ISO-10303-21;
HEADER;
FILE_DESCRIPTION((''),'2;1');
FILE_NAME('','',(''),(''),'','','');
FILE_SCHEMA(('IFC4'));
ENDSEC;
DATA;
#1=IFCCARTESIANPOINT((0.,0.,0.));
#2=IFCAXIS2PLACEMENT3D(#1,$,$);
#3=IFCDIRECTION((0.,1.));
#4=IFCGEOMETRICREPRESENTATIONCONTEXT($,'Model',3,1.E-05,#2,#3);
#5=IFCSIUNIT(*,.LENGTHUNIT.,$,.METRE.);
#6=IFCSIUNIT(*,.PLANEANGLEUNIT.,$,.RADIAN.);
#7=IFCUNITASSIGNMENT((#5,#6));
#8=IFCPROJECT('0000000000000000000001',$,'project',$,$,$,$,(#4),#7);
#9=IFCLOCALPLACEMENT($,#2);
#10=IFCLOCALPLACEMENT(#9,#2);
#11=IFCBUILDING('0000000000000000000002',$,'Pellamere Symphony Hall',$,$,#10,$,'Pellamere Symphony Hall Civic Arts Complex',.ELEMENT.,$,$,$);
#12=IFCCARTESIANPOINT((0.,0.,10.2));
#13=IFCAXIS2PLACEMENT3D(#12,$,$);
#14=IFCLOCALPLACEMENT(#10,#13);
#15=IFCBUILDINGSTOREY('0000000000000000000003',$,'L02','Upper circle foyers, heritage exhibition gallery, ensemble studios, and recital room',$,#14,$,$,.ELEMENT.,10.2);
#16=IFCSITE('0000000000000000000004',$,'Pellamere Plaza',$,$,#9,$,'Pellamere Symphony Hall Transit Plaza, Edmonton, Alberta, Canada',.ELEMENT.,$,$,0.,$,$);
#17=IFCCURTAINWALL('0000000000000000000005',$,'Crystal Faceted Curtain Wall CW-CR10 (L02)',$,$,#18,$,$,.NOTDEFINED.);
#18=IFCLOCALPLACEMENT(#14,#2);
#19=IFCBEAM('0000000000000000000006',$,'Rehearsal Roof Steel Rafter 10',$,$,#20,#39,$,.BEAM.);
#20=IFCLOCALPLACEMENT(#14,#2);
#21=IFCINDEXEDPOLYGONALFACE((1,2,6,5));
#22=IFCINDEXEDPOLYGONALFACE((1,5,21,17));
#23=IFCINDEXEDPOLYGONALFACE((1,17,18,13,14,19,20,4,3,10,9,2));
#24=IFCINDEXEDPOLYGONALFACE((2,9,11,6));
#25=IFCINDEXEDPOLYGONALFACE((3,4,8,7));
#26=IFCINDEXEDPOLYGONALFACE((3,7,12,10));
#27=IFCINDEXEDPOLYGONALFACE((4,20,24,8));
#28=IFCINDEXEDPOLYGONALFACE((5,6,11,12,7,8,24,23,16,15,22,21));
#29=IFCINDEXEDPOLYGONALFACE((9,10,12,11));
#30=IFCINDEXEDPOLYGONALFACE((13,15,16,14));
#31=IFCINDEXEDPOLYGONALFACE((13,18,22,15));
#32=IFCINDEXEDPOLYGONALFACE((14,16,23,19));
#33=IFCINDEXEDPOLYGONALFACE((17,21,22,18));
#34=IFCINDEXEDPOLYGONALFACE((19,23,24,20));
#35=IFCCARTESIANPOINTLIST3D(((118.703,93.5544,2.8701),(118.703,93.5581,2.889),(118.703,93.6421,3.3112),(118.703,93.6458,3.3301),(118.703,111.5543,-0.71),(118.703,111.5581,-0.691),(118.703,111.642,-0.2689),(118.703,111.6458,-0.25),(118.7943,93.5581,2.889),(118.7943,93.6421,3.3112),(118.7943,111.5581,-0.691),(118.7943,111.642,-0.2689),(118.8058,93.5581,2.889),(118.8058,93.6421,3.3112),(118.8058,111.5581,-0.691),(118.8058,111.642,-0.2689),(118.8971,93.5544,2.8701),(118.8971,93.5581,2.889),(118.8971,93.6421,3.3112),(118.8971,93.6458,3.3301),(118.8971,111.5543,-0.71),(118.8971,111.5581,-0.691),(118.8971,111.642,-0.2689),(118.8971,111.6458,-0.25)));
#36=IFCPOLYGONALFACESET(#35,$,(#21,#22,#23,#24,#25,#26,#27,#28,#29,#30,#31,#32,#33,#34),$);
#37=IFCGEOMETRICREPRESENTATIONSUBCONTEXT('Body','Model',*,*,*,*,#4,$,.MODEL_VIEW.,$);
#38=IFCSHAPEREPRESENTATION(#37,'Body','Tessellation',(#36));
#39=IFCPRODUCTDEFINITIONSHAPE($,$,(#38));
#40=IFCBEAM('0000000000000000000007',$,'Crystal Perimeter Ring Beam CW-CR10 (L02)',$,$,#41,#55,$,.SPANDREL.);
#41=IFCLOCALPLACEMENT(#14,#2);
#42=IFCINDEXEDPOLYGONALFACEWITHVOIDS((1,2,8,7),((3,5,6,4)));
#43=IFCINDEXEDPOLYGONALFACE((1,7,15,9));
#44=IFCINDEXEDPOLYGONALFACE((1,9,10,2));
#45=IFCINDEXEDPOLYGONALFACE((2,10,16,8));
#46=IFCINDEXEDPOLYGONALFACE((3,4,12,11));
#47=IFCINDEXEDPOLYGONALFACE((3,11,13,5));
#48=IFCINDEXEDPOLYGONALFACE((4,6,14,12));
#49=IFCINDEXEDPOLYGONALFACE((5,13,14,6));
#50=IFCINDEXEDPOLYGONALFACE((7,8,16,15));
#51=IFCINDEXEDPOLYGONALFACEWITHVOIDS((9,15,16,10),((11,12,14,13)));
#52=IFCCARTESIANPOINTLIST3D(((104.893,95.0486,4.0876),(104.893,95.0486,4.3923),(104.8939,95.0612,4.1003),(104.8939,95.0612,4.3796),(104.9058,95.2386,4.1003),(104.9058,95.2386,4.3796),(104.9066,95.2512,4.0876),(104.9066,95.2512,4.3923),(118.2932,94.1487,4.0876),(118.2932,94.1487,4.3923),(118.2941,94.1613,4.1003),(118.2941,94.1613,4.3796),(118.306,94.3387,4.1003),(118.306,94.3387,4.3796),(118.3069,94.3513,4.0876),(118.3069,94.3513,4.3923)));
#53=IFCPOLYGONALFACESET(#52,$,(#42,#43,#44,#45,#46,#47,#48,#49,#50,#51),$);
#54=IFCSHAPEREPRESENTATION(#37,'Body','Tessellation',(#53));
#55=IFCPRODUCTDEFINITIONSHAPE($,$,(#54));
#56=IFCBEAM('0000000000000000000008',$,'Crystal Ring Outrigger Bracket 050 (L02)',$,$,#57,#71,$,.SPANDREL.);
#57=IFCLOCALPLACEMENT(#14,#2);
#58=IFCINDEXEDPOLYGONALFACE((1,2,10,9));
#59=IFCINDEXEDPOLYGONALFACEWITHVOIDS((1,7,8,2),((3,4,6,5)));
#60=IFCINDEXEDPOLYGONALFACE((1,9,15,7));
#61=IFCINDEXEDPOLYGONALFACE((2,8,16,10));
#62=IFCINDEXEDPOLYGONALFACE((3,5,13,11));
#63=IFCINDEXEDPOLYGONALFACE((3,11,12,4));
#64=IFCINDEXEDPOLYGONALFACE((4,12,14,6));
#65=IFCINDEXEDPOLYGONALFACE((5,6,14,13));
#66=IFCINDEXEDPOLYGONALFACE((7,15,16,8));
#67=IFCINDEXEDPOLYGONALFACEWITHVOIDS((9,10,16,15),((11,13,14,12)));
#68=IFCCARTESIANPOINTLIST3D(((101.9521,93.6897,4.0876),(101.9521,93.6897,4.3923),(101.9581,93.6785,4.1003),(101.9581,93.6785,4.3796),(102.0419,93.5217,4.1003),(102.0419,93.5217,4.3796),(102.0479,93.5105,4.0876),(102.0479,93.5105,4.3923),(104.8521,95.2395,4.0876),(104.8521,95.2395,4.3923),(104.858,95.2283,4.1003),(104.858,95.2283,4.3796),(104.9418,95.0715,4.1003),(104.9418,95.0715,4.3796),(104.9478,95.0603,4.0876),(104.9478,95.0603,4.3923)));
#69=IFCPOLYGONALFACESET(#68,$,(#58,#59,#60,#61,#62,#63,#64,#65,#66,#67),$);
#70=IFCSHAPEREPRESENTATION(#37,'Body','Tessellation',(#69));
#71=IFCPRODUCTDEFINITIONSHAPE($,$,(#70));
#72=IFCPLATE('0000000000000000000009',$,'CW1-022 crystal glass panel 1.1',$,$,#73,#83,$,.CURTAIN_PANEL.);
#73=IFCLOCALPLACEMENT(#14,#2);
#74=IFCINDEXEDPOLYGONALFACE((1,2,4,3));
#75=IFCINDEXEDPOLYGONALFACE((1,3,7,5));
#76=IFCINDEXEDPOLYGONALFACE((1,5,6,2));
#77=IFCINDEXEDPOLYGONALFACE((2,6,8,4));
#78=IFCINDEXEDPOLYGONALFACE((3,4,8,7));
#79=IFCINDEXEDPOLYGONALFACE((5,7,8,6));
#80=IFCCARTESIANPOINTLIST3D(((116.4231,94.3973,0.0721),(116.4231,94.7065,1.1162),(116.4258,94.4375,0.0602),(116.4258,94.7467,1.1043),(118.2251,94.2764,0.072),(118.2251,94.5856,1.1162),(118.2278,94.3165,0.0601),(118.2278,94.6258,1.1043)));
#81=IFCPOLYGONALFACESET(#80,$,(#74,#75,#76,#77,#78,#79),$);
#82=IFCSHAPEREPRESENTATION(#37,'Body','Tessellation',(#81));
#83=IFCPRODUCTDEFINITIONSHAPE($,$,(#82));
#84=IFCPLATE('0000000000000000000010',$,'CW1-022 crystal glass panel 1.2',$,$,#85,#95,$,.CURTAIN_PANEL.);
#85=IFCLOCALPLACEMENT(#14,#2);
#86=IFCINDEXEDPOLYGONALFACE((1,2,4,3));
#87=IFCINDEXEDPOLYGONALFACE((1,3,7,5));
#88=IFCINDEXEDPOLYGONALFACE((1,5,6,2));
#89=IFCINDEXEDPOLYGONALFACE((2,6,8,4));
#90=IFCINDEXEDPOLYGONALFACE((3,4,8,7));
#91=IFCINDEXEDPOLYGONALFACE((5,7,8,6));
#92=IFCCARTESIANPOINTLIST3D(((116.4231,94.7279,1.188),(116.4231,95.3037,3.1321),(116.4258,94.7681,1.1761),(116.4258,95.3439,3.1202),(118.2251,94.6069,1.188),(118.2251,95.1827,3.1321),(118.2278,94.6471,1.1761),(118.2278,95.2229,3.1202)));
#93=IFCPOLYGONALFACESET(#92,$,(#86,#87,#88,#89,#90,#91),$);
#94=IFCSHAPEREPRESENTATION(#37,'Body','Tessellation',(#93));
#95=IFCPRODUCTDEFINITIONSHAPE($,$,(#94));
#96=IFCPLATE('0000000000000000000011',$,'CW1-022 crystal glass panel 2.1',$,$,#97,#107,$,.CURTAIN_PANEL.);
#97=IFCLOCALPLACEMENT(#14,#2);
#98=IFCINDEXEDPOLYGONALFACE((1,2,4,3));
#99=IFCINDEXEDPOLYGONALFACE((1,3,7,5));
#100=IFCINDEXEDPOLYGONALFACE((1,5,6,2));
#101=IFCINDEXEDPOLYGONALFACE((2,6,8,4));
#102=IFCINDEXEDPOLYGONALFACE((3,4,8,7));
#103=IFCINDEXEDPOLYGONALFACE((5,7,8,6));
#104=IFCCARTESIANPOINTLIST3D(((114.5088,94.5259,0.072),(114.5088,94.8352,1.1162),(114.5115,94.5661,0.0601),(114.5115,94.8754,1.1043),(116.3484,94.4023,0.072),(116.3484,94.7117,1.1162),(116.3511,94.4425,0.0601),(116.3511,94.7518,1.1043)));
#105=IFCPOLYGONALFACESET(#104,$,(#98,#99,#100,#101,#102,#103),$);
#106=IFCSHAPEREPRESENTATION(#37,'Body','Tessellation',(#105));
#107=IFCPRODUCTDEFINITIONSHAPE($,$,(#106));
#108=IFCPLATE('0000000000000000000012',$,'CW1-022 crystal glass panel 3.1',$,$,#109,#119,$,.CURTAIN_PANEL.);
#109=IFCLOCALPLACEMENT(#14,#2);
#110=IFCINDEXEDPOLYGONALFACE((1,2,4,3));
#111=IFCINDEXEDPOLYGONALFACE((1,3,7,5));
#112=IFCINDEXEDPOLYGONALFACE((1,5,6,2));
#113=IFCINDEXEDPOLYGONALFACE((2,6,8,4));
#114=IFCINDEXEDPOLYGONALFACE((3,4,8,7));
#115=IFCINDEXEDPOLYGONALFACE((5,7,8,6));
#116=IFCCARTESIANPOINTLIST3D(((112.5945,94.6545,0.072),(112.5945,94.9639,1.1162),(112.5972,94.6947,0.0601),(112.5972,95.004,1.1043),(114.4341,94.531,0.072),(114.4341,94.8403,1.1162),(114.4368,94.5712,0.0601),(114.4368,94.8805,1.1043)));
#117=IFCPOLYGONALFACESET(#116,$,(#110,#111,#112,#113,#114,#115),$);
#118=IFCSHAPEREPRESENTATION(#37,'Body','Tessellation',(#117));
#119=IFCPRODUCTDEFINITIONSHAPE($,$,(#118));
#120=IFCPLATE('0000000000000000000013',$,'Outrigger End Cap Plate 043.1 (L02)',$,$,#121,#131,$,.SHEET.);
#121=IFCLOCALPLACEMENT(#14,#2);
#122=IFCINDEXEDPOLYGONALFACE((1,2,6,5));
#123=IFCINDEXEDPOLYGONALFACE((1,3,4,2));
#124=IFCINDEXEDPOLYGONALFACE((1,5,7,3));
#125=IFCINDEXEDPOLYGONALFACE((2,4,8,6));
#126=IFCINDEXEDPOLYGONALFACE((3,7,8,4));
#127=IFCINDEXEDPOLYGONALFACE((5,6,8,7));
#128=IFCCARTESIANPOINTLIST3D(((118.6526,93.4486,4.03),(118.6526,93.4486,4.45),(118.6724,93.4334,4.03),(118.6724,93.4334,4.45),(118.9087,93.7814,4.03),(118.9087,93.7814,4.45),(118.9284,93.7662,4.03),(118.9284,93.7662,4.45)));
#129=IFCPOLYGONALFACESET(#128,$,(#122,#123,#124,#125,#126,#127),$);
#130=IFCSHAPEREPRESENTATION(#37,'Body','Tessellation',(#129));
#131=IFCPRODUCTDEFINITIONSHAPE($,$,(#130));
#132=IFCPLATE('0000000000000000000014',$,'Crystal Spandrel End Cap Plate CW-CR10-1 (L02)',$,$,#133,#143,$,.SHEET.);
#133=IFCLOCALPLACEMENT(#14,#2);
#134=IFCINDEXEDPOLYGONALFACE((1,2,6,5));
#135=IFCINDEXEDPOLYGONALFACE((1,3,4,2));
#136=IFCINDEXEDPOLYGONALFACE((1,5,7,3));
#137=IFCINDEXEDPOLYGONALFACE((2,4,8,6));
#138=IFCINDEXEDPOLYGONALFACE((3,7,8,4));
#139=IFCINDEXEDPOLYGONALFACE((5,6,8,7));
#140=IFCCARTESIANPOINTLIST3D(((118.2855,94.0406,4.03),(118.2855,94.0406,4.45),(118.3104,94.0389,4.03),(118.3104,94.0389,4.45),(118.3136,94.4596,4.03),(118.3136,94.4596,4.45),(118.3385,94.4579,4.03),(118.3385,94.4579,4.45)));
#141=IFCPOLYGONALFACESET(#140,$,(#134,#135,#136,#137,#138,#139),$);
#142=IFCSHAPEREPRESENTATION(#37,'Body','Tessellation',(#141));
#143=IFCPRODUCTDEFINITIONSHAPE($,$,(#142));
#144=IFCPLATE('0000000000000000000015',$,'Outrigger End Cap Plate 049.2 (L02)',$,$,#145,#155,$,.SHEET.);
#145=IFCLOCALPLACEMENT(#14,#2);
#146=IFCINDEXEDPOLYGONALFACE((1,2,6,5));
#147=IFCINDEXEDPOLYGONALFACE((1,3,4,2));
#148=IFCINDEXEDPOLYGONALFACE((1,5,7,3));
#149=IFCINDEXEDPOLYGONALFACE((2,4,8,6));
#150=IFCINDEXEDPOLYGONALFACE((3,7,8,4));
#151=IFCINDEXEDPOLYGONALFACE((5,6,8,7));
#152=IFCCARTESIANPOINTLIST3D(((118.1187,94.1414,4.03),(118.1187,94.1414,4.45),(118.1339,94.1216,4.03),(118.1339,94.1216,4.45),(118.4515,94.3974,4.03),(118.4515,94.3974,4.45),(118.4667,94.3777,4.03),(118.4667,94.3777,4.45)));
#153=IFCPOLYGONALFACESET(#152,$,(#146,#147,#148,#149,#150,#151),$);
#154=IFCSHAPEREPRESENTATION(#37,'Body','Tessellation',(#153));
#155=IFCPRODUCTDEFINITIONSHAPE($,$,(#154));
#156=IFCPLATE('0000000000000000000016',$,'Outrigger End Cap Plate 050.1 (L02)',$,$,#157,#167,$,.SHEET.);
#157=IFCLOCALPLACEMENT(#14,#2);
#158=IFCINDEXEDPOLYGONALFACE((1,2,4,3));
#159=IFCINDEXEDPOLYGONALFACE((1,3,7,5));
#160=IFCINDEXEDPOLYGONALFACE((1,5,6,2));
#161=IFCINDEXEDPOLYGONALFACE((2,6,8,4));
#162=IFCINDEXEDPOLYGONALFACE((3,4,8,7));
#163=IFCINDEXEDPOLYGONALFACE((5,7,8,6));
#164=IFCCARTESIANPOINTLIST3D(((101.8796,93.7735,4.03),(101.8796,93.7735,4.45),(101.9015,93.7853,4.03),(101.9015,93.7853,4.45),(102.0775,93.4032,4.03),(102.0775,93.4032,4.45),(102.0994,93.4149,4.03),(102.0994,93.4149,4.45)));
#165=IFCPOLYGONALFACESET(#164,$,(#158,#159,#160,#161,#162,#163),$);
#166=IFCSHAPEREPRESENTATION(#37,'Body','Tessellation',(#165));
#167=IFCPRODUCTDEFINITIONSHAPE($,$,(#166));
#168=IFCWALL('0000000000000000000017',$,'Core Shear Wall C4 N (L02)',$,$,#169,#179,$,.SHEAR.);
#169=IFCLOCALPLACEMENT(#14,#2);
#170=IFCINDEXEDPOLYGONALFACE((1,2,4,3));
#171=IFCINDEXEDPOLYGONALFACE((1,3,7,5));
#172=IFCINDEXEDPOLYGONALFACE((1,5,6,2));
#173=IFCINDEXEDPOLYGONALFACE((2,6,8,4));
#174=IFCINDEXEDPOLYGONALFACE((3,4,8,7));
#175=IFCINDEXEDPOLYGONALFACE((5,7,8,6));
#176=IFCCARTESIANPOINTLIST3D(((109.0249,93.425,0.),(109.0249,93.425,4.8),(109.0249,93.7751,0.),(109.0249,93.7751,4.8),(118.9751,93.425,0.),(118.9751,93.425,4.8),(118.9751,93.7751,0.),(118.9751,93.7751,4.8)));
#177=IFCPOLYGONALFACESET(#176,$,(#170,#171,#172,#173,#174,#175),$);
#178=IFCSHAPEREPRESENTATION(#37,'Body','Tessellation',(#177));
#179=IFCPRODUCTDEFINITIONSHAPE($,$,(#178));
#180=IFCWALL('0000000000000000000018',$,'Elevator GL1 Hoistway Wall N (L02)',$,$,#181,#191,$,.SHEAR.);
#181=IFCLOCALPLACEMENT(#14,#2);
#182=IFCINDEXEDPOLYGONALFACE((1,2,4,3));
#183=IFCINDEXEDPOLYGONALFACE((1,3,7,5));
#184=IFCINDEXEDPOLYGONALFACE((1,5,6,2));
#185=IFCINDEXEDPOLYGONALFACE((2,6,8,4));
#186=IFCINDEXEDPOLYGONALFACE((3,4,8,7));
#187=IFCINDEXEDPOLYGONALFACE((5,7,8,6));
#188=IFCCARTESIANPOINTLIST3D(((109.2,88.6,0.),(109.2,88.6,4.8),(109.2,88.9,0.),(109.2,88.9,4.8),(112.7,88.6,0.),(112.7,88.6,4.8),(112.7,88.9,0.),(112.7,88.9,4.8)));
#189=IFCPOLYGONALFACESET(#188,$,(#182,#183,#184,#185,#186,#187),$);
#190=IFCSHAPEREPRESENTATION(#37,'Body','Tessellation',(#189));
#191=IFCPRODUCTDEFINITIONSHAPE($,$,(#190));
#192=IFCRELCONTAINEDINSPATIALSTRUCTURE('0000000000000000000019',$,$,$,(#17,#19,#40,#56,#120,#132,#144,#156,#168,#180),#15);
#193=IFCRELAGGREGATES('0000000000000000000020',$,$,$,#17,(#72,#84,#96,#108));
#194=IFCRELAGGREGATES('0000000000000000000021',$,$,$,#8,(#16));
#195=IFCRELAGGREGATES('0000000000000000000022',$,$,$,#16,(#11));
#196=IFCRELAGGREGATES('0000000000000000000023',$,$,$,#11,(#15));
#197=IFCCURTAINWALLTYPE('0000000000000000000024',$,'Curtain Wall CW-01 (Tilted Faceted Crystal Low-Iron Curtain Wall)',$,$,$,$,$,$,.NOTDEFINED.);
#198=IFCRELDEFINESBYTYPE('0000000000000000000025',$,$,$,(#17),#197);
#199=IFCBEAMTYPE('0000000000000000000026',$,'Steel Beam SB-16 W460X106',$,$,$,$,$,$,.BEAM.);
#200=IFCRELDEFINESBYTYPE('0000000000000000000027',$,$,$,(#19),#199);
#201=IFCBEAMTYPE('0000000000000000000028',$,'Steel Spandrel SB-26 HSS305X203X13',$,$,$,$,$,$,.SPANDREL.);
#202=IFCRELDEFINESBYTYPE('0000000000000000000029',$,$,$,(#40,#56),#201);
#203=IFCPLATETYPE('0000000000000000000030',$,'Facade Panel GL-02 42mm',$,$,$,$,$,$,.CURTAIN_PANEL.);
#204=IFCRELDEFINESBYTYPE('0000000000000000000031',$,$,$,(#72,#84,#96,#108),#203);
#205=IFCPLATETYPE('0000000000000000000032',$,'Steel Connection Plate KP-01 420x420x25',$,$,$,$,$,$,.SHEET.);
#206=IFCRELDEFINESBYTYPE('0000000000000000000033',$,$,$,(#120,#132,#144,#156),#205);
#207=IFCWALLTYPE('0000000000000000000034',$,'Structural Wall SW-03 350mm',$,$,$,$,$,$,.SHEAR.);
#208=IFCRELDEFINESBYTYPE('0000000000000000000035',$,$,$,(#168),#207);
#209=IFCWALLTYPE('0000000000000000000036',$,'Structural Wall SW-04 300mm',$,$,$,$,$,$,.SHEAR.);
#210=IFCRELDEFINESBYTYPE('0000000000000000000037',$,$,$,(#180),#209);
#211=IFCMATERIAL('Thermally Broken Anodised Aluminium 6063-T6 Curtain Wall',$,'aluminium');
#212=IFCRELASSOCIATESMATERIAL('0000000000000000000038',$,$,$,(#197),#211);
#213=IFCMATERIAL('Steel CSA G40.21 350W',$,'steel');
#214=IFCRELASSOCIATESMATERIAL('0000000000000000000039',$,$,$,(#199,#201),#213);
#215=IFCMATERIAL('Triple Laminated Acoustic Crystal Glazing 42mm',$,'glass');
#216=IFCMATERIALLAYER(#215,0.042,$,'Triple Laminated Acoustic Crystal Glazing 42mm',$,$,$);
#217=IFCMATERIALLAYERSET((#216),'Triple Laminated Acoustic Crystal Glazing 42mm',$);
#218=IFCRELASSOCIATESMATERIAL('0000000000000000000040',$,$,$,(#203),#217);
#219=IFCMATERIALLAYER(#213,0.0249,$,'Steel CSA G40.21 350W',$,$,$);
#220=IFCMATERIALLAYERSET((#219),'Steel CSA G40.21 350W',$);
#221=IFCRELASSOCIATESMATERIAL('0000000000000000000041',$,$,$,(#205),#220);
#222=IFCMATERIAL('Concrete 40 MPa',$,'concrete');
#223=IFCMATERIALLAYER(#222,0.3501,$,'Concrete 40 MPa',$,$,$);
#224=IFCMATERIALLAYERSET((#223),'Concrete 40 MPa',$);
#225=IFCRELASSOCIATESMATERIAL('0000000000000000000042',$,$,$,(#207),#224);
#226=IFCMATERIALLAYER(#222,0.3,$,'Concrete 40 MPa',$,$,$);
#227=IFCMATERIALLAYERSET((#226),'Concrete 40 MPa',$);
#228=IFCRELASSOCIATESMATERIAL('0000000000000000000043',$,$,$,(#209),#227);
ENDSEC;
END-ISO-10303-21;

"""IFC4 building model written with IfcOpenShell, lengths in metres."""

from ifc_helpers import new_model, si_unit, direction, frame, frame_2d, origin, origin_2d, place, context, subcontext, project, spatial, polyline, rectangle, hollow_rectangle, i_section, outline, extrude, material, layer, layer_set, material_profile, profile_set, type_object, element, aggregate, save


model = new_model("IFC4")

# Units and contexts
model_context = context("Model", 3, precision=1e-05, world=origin(), true_north=direction((0.0, 1.0)))
body_context = subcontext(model_context, "Body", "Model", "MODEL_VIEW")
ifc_project = project(units=[si_unit("LENGTHUNIT", "METRE"), si_unit("PLANEANGLEUNIT", "RADIAN")], contexts=[model_context])

# Site, building, storey
site_placement = place(None, origin())
site = spatial("IfcSite", under=ifc_project, at=site_placement, Name="Pellamere Plaza", LongName="Pellamere Symphony Hall Transit Plaza, Edmonton, Alberta, Canada", CompositionType="ELEMENT", RefElevation=0.0)
building_placement = place(site_placement, origin())
building = spatial("IfcBuilding", under=site, at=building_placement, Name="Pellamere Symphony Hall", LongName="Pellamere Symphony Hall Civic Arts Complex", CompositionType="ELEMENT")
storey_placement = place(building_placement, frame((0.0, 0.0, 10.2)))
storey = spatial("IfcBuildingStorey", under=building, at=storey_placement, Name="L02", Description="Upper circle foyers, heritage exhibition gallery, ensemble studios, and recital room", CompositionType="ELEMENT", Elevation=10.2)

# Shared definitions
ifc_material_1 = material(Name="Concrete 40 MPa", Category="concrete")

# Curtain wall
ifc_material_2 = material(Name="Thermally Broken Anodised Aluminium 6063-T6 Curtain Wall", Category="aluminium")
curtain_wall_type = type_object("IfcCurtainWallType", Name="Curtain Wall CW-01 (Tilted Faceted Crystal Low-Iron Curtain Wall)", PredefinedType="NOTDEFINED", material=ifc_material_2)
curtain_wall_placement = place(storey_placement, origin())
curtain_wall = element("IfcCurtainWall", 1, at=curtain_wall_placement, inside=storey, type_object=curtain_wall_type, Name="Crystal Faceted Curtain Wall CW-CR10 (L02)", PredefinedType="NOTDEFINED")

# Beams
ifc_material_3 = material(Name="Steel CSA G40.21 350W", Category="steel")
ifc_material_profile_1 = material_profile(ifc_material_3, i_section(OverallWidth=0.1941, OverallDepth=0.469, WebThickness=0.0115, FlangeThickness=0.0193, at=origin_2d()), Name="W460X106")
ifc_profile_set_1 = profile_set([ifc_material_profile_1], Name="Steel CSA G40.21 350W")
beam_type_1 = type_object("IfcBeamType", Name="Steel Beam SB-16 W460X106", PredefinedType="BEAM", material=ifc_profile_set_1)
for number, where, z_axis, x_axis, name in (
    (2, (118.8, 93.6001, 3.1001), (0.0, 0.980789, -0.195072), (-1.0, 0.0, 0.0), "Rehearsal Roof Steel Rafter 10"),
):
    element("IfcBeam", number, at=place(storey_placement, frame(where, z_axis=z_axis, x_axis=x_axis)), inside=storey, type_object=beam_type_1, Name=name, PredefinedType="BEAM", context=body_context, shape_type="SweptSolid", body=[
        extrude(i_section(OverallWidth=0.1941, OverallDepth=0.469, WebThickness=0.0115, FlangeThickness=0.0193, at=origin_2d()), origin(), (0.0, 0.0, 1.0), 18.3525),
    ])
ifc_material_profile_2 = material_profile(ifc_material_3, hollow_rectangle(XDim=0.2031, YDim=0.3047, WallThickness=0.0127, at=origin_2d()), Name="HSS305X203X13")
ifc_profile_set_2 = profile_set([ifc_material_profile_2], Name="Steel CSA G40.21 350W")
beam_type_2 = type_object("IfcBeamType", Name="Steel Spandrel SB-26 HSS305X203X13", PredefinedType="SPANDREL", material=ifc_profile_set_2)
beam_1_placement = place(storey_placement, frame((118.3, 94.25, 4.24), z_axis=(-0.997753, 0.067005, 0.0), x_axis=(-0.067005, -0.997753, 0.0)))
element("IfcBeam", 3, at=beam_1_placement, inside=storey, type_object=beam_type_2, Name="Crystal Perimeter Ring Beam CW-CR10 (L02)", PredefinedType="SPANDREL", context=body_context, shape_type="SweptSolid", body=[
    extrude(hollow_rectangle(XDim=0.2031, YDim=0.3047, WallThickness=0.0127, at=origin_2d()), origin(), (0.0, 0.0, 1.0), 13.4304),
])
beam_2_placement = place(storey_placement, frame((102.0, 93.6001, 4.24), z_axis=(0.88195, 0.471343, 0.0), x_axis=(-0.471343, 0.88195, 0.0)))
element("IfcBeam", 4, at=beam_2_placement, inside=storey, type_object=beam_type_2, Name="Crystal Ring Outrigger Bracket 050 (L02)", PredefinedType="SPANDREL", context=body_context, shape_type="SweptSolid", body=[
    extrude(hollow_rectangle(XDim=0.2031, YDim=0.3047, WallThickness=0.0127, at=origin_2d()), origin(), (0.0, 0.0, 1.0), 3.2881),
])

# Plates
ifc_material_4 = material(Name="Triple Laminated Acoustic Crystal Glazing 42mm", Category="glass")
ifc_layer_1 = layer(ifc_material_4, 0.042, Name="Triple Laminated Acoustic Crystal Glazing 42mm")
ifc_layer_set_1 = layer_set([ifc_layer_1], Name="Triple Laminated Acoustic Crystal Glazing 42mm")
plate_type_1 = type_object("IfcPlateType", Name="Facade Panel GL-02 42mm", PredefinedType="CURTAIN_PANEL", material=ifc_layer_set_1)
plate_1_placement = place(storey_placement, frame((118.2251, 94.2764, 0.072), z_axis=(-0.064236, -0.956864, 0.283345), x_axis=(-0.997754, 0.066986, 0.000018)))
plate_1 = element("IfcPlate", 5, at=plate_1_placement, type_object=plate_type_1, Name="CW1-022 crystal glass panel 1.1", PredefinedType="CURTAIN_PANEL", context=body_context, shape_type="SweptSolid", body=[
    extrude(outline(polyline([(0.0, 0.0), (1.8061, 0.0), (1.8268, -1.0888), (0.0207, -1.0888), (0.0, 0.0)])), origin(), (0.0, 0.0, -1.0), 0.042),
])
plate_2_placement = place(storey_placement, frame((118.2251, 94.6069, 1.188), z_axis=(-0.064235, -0.956848, 0.283401), x_axis=(-0.997754, 0.066986, 0.000018)))
plate_2 = element("IfcPlate", 6, at=plate_2_placement, type_object=plate_type_1, Name="CW1-022 crystal glass panel 1.2", PredefinedType="CURTAIN_PANEL", context=body_context, shape_type="SweptSolid", body=[
    extrude(outline(polyline([(0.0, 0.0), (1.8061, 0.0), (1.8447, -2.0272), (0.0386, -2.0272), (0.0, 0.0)])), origin(), (0.0, 0.0, -1.0), 0.042),
])
plate_3_placement = place(storey_placement, frame((116.3484, 94.4023, 0.072), z_axis=(-0.064254, -0.956833, 0.283448), x_axis=(-0.997753, 0.067002, 0.0)))
plate_3 = element("IfcPlate", 7, at=plate_3_placement, type_object=plate_type_1, Name="CW1-022 crystal glass panel 2.1", PredefinedType="CURTAIN_PANEL", context=body_context, shape_type="SweptSolid", body=[
    extrude(outline(polyline([(0.0, 0.0), (1.8437, 0.0), (1.8645, -1.0888), (0.0207, -1.0888), (0.0, 0.0)])), origin(), (0.0, 0.0, -1.0), 0.042),
])
plate_4_placement = place(storey_placement, frame((114.4341, 94.531, 0.072), z_axis=(-0.064254, -0.956833, 0.283448), x_axis=(-0.997753, 0.067002, 0.0)))
plate_4 = element("IfcPlate", 8, at=plate_4_placement, type_object=plate_type_1, Name="CW1-022 crystal glass panel 3.1", PredefinedType="CURTAIN_PANEL", context=body_context, shape_type="SweptSolid", body=[
    extrude(outline(polyline([(0.0, 0.0), (1.8437, 0.0), (1.8645, -1.0888), (0.0207, -1.0888), (0.0, 0.0)])), origin(), (0.0, 0.0, -1.0), 0.042),
])
aggregate(curtain_wall, [plate_1, plate_2, plate_3, plate_4])

# Plates
ifc_layer_2 = layer(ifc_material_3, 0.0249, Name="Steel CSA G40.21 350W")
ifc_layer_set_2 = layer_set([ifc_layer_2], Name="Steel CSA G40.21 350W")
plate_type_2 = type_object("IfcPlateType", Name="Steel Connection Plate KP-01 420x420x25", PredefinedType="SHEET", material=ifc_layer_set_2)
for number, where, z_axis, x_axis, name in (
    (9, (118.7905, 93.6074, 4.03), (0.0, 0.0, 1.0), (0.792609, -0.60973, 0.0), "Outrigger End Cap Plate 043.1 (L02)"),
    (10, (118.312, 94.2493, 4.03), (0.0, 0.0, 1.0), (-0.997755, 0.06697, 0.0), "Crystal Spandrel End Cap Plate CW-CR10-1 (L02)"),
    (11, (118.2927, 94.2595, 4.03), (0.0, 0.0, 1.0), (-0.60973, 0.792609, 0.0), "Outrigger End Cap Plate 049.2 (L02)"),
    (12, (101.9895, 93.5942, 4.03), (0.0, 0.0, 1.0), (0.881962, 0.47132, 0.0), "Outrigger End Cap Plate 050.1 (L02)"),
):
    element("IfcPlate", number, at=place(storey_placement, frame(where, z_axis=z_axis, x_axis=x_axis)), inside=storey, type_object=plate_type_2, Name=name, PredefinedType="SHEET", context=body_context, shape_type="SweptSolid", body=[
        extrude(rectangle(XDim=0.0249, YDim=0.4199, at=origin_2d()), origin(), (0.0, 0.0, 1.0), 0.4199),
    ])

# Walls
ifc_layer_3 = layer(ifc_material_1, 0.3501, Name="Concrete 40 MPa")
ifc_layer_set_3 = layer_set([ifc_layer_3], Name="Concrete 40 MPa")
wall_type_1 = type_object("IfcWallType", Name="Structural Wall SW-03 350mm", PredefinedType="SHEAR", material=ifc_layer_set_3)
wall_1_placement = place(storey_placement, frame((109.0249, 93.6001, 0.0), z_axis=(0.0, 0.0, 1.0), x_axis=(1.0, 0.0, 0.0)))
element("IfcWall", 13, at=wall_1_placement, inside=storey, type_object=wall_type_1, Name="Core Shear Wall C4 N (L02)", PredefinedType="SHEAR", context=body_context, shape_type="SweptSolid", body=[
    extrude(rectangle(XDim=9.9502, YDim=0.3501, at=frame_2d((4.9751, 0.0))), origin(), (0.0, 0.0, 1.0), 4.8),
])
ifc_layer_4 = layer(ifc_material_1, 0.3, Name="Concrete 40 MPa")
ifc_layer_set_4 = layer_set([ifc_layer_4], Name="Concrete 40 MPa")
wall_type_2 = type_object("IfcWallType", Name="Structural Wall SW-04 300mm", PredefinedType="SHEAR", material=ifc_layer_set_4)
wall_2_placement = place(storey_placement, frame((109.2, 88.75, 0.0), z_axis=(0.0, 0.0, 1.0), x_axis=(1.0, 0.0, 0.0)))
element("IfcWall", 14, at=wall_2_placement, inside=storey, type_object=wall_type_2, Name="Elevator GL1 Hoistway Wall N (L02)", PredefinedType="SHEAR", context=body_context, shape_type="SweptSolid", body=[
    extrude(rectangle(XDim=3.5, YDim=0.3, at=frame_2d((1.75, 0.0))), origin(), (0.0, 0.0, 1.0), 4.8),
])

save(model, "model.ifc")
